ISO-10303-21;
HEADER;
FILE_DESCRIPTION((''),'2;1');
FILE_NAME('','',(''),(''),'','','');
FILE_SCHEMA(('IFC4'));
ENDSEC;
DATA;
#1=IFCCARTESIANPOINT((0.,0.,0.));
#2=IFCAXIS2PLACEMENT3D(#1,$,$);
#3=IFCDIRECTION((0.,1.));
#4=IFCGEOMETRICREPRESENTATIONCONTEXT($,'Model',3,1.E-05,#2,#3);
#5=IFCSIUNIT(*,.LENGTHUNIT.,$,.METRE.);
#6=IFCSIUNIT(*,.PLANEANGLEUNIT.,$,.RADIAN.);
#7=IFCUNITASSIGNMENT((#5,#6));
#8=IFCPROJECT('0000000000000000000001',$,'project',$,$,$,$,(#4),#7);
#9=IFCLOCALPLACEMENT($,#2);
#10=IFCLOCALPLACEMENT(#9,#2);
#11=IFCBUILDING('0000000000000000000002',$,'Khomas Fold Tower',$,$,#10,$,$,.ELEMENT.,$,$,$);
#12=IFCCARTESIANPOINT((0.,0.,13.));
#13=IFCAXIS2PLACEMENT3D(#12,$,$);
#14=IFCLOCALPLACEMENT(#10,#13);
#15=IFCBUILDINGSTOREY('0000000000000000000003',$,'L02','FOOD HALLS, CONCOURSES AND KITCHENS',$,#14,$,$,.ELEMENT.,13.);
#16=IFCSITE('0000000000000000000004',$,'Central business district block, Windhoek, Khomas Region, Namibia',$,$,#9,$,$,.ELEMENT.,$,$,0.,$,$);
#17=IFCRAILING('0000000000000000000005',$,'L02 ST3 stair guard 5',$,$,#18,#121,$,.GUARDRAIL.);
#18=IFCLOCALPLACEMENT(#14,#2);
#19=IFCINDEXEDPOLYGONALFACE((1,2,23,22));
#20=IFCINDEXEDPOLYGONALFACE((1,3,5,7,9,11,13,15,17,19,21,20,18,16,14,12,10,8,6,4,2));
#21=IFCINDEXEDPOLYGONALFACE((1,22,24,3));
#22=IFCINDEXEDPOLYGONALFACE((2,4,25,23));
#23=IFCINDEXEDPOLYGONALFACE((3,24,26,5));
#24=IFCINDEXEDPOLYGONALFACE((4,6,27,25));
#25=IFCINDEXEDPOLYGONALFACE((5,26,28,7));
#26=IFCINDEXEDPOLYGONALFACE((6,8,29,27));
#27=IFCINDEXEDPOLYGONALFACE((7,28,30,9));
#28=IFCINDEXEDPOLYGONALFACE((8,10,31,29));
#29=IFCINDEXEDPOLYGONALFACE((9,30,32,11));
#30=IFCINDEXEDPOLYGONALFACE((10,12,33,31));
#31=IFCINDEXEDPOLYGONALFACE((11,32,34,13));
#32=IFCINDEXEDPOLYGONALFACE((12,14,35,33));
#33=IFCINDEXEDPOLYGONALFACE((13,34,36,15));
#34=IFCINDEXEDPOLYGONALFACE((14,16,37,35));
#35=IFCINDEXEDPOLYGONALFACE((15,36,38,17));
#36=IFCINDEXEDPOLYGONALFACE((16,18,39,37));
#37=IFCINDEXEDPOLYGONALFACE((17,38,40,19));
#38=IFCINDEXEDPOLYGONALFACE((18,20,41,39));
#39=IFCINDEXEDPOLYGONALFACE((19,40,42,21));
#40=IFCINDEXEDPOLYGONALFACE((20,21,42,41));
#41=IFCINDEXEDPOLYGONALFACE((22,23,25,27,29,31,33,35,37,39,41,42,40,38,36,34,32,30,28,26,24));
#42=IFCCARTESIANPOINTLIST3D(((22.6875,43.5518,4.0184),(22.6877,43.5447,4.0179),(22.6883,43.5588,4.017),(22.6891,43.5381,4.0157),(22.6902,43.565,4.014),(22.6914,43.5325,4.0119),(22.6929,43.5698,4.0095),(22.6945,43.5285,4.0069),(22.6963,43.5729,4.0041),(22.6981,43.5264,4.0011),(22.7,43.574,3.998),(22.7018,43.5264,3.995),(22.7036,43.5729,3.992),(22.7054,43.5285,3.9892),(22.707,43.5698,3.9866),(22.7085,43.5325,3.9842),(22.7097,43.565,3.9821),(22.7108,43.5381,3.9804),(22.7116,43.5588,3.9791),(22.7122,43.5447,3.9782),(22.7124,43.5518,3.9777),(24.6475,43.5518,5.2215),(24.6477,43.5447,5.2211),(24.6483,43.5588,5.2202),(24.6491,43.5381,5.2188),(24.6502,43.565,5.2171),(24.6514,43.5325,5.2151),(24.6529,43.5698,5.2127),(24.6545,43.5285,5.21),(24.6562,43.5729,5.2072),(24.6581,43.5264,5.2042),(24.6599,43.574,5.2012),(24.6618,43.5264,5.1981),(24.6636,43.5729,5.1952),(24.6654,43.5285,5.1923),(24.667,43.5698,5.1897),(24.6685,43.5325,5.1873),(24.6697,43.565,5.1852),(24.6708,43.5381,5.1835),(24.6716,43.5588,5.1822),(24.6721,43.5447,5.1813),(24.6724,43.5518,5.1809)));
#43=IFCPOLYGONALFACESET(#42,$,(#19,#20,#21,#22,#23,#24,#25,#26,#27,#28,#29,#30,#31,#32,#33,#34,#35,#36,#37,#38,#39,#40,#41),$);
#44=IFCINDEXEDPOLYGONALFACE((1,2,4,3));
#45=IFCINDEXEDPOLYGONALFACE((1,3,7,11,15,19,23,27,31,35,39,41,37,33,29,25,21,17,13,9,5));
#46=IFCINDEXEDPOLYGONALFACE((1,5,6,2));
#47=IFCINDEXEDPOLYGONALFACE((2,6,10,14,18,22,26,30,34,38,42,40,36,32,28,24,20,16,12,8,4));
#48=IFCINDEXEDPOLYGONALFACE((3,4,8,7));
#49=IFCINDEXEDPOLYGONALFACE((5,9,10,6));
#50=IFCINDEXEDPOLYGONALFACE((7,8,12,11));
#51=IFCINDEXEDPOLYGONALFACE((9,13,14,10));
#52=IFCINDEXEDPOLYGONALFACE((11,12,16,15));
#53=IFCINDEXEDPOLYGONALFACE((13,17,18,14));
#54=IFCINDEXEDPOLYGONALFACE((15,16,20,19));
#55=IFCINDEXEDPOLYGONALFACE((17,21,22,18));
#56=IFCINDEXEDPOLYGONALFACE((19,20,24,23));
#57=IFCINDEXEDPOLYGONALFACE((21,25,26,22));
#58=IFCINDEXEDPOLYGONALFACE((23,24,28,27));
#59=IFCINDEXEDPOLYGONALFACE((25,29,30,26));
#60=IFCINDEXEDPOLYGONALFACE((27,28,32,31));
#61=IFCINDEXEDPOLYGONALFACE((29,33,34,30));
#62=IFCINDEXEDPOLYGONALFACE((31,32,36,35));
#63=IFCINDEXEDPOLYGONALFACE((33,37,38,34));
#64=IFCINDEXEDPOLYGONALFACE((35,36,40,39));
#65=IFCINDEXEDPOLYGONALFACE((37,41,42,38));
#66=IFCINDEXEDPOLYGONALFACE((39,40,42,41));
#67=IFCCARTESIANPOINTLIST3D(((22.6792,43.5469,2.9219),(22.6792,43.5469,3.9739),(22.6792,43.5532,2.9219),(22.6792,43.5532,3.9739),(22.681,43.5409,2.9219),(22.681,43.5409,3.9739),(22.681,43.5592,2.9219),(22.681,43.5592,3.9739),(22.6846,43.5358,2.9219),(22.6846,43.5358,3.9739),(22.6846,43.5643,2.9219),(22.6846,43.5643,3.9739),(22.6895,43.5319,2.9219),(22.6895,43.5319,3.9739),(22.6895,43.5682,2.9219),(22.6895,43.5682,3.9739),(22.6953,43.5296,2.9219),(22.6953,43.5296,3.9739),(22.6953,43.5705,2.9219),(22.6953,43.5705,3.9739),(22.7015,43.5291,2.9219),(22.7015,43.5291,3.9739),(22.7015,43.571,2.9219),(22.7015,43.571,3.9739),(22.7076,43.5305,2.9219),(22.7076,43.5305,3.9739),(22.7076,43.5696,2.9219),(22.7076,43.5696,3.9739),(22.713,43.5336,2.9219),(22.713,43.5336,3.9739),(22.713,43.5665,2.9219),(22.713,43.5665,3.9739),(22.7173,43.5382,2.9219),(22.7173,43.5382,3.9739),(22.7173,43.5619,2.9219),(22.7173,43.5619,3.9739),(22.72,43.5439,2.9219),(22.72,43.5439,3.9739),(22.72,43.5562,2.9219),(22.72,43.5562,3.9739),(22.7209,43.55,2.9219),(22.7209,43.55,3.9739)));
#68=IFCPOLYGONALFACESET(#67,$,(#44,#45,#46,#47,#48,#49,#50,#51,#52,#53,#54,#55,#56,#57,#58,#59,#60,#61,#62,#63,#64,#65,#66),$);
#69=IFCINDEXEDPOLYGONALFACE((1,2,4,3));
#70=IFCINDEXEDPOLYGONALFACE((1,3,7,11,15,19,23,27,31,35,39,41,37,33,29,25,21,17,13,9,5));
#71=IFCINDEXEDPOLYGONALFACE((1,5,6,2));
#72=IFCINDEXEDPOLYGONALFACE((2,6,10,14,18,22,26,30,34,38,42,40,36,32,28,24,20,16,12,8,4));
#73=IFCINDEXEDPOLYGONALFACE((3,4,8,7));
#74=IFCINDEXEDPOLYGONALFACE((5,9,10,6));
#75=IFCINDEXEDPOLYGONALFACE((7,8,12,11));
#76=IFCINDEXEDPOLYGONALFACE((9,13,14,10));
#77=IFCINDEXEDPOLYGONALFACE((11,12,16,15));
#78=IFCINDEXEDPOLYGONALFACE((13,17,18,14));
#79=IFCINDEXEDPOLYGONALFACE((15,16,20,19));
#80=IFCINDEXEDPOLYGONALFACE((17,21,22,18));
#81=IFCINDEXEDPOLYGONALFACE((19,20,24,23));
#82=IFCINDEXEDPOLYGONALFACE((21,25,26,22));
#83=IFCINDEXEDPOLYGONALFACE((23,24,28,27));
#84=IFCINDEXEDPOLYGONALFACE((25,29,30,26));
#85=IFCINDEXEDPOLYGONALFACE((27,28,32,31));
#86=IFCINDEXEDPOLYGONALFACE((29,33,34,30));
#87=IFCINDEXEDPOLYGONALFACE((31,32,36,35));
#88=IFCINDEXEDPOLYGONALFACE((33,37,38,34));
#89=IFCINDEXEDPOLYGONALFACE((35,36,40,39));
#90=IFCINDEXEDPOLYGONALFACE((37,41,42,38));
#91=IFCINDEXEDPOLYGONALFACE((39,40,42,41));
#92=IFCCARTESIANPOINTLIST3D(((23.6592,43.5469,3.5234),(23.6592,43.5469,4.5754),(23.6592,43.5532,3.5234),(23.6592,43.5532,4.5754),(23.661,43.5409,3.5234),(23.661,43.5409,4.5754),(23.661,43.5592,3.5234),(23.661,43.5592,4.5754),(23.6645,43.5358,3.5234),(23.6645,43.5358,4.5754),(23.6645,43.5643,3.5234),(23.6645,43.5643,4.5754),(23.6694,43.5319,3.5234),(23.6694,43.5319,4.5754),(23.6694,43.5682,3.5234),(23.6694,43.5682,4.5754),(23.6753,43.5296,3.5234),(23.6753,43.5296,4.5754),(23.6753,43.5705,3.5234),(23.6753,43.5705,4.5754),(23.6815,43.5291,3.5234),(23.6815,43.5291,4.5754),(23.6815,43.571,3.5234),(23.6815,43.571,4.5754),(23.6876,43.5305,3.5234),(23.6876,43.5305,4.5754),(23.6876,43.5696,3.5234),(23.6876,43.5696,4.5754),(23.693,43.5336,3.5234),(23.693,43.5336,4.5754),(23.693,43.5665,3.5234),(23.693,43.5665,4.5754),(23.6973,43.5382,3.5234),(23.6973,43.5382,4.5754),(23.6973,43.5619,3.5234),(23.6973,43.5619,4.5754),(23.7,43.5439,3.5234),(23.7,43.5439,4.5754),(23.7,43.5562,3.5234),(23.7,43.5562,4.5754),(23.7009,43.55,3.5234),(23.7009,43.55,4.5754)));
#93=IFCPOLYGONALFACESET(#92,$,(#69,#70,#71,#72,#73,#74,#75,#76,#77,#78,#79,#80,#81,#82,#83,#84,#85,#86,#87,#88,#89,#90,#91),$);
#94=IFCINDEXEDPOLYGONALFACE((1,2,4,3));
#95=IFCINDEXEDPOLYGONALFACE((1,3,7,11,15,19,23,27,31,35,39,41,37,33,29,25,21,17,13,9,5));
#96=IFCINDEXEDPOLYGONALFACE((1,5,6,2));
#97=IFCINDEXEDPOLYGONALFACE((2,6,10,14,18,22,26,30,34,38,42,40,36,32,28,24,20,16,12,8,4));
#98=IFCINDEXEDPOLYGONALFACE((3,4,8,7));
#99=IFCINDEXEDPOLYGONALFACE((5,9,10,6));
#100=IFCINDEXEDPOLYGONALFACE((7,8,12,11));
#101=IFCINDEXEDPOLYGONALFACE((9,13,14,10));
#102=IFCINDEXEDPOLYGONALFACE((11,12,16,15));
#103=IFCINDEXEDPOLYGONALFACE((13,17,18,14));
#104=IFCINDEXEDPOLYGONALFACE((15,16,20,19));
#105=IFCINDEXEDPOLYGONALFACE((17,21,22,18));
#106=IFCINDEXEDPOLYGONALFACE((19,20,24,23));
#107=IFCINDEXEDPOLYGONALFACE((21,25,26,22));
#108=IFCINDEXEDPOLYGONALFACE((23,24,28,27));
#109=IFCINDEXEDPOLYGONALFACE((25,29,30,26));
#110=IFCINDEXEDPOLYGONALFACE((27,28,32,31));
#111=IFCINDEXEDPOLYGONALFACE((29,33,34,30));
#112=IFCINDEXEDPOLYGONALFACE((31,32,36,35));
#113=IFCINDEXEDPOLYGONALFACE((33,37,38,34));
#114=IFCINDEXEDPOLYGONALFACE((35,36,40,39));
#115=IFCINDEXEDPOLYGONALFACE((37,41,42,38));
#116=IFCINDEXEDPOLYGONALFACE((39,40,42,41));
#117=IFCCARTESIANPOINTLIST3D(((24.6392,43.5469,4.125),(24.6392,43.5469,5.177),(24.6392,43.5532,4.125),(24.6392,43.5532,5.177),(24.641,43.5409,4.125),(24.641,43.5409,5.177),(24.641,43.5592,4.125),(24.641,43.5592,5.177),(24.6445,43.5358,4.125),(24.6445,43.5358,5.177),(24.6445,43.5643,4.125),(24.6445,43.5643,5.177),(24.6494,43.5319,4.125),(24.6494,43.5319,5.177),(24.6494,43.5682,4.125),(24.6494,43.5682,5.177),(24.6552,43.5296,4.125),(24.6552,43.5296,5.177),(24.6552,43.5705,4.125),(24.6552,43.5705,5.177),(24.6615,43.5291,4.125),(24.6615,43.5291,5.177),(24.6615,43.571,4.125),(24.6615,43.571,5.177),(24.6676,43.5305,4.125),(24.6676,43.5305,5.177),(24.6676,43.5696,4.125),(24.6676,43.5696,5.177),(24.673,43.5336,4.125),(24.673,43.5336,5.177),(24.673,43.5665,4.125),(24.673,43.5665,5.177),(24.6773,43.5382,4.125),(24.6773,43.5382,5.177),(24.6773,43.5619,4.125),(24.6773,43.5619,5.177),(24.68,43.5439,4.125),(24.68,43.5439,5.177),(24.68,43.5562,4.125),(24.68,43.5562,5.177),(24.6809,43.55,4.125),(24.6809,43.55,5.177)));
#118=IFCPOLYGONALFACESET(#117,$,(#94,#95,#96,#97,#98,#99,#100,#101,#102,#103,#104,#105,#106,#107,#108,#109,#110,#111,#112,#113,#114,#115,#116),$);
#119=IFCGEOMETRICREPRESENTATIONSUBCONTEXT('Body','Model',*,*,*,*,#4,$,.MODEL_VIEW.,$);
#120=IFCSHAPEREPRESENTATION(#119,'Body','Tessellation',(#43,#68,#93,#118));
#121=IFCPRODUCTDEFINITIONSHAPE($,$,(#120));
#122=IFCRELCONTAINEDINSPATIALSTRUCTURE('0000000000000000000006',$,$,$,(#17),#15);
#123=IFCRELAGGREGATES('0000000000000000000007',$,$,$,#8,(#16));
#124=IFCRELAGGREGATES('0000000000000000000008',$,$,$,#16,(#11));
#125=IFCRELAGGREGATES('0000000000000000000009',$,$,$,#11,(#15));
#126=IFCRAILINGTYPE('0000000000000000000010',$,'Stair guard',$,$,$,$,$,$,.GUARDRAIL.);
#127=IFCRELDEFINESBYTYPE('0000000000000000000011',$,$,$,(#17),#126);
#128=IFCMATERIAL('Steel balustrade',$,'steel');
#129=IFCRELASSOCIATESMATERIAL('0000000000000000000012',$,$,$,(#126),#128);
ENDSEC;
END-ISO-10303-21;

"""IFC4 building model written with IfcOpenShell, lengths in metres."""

from ifc_helpers import new_model, si_unit, direction, frame, origin, origin_2d, place, context, subcontext, project, spatial, circle, extrude, source, transform, mapped, material, type_object, element, save


model = new_model("IFC4")

# Units and contexts
model_context = context("Model", 3, precision=1e-05, world=origin(), true_north=direction((0.0, 1.0)))
body_context = subcontext(model_context, "Body", "Model", "MODEL_VIEW")
ifc_project = project(units=[si_unit("LENGTHUNIT", "METRE"), si_unit("PLANEANGLEUNIT", "RADIAN")], contexts=[model_context])

# Site, building, storey
site_placement = place(None, origin())
site = spatial("IfcSite", under=ifc_project, at=site_placement, Name="Central business district block, Windhoek, Khomas Region, Namibia", CompositionType="ELEMENT", RefElevation=0.0)
building_placement = place(site_placement, origin())
building = spatial("IfcBuilding", under=site, at=building_placement, Name="Khomas Fold Tower", CompositionType="ELEMENT")
storey_placement = place(building_placement, frame((0.0, 0.0, 13.0)))
storey = spatial("IfcBuildingStorey", under=building, at=storey_placement, Name="L02", Description="FOOD HALLS, CONCOURSES AND KITCHENS", CompositionType="ELEMENT", Elevation=13.0)

# Railing
ifc_material_1 = material(Name="Steel balustrade", Category="steel")
railing_type_1 = type_object("IfcRailingType", Name="Stair guard", PredefinedType="GUARDRAIL", material=ifc_material_1)
shared_shape_1 = source(origin(), body_context, "Body", "SweptSolid", [
    extrude(circle(Radius=0.0239, at=origin_2d()), frame((0.0, 0.0, 1.0762), z_axis=(0.852241, 0.0, 0.523149), x_axis=(0.0, 1.0, 0.0)), (0.0, 0.0, 1.0), 2.2998),
    extrude(circle(Radius=0.021, at=origin_2d()), origin(), (0.0, 0.0, 1.0), 1.052),
    extrude(circle(Radius=0.021, at=origin_2d()), frame((0.98, 0.0, 0.6016)), (0.0, 0.0, 1.0), 1.052),
    extrude(circle(Radius=0.021, at=origin_2d()), frame((1.96, 0.0, 1.2031)), (0.0, 0.0, 1.0), 1.052),
])
for number, where, name in (
    (1, (22.7, 43.55, 2.9219), "L02 ST3 stair guard 5"),
):
    element("IfcRailing", number, at=place(storey_placement, frame(where)), inside=storey, type_object=railing_type_1, Name=name, PredefinedType="GUARDRAIL", context=body_context, shape_type="MappedRepresentation", body=[
        mapped(shared_shape_1, transform((0.0, 0.0, 0.0))),
    ])

save(model, "model.ifc")
